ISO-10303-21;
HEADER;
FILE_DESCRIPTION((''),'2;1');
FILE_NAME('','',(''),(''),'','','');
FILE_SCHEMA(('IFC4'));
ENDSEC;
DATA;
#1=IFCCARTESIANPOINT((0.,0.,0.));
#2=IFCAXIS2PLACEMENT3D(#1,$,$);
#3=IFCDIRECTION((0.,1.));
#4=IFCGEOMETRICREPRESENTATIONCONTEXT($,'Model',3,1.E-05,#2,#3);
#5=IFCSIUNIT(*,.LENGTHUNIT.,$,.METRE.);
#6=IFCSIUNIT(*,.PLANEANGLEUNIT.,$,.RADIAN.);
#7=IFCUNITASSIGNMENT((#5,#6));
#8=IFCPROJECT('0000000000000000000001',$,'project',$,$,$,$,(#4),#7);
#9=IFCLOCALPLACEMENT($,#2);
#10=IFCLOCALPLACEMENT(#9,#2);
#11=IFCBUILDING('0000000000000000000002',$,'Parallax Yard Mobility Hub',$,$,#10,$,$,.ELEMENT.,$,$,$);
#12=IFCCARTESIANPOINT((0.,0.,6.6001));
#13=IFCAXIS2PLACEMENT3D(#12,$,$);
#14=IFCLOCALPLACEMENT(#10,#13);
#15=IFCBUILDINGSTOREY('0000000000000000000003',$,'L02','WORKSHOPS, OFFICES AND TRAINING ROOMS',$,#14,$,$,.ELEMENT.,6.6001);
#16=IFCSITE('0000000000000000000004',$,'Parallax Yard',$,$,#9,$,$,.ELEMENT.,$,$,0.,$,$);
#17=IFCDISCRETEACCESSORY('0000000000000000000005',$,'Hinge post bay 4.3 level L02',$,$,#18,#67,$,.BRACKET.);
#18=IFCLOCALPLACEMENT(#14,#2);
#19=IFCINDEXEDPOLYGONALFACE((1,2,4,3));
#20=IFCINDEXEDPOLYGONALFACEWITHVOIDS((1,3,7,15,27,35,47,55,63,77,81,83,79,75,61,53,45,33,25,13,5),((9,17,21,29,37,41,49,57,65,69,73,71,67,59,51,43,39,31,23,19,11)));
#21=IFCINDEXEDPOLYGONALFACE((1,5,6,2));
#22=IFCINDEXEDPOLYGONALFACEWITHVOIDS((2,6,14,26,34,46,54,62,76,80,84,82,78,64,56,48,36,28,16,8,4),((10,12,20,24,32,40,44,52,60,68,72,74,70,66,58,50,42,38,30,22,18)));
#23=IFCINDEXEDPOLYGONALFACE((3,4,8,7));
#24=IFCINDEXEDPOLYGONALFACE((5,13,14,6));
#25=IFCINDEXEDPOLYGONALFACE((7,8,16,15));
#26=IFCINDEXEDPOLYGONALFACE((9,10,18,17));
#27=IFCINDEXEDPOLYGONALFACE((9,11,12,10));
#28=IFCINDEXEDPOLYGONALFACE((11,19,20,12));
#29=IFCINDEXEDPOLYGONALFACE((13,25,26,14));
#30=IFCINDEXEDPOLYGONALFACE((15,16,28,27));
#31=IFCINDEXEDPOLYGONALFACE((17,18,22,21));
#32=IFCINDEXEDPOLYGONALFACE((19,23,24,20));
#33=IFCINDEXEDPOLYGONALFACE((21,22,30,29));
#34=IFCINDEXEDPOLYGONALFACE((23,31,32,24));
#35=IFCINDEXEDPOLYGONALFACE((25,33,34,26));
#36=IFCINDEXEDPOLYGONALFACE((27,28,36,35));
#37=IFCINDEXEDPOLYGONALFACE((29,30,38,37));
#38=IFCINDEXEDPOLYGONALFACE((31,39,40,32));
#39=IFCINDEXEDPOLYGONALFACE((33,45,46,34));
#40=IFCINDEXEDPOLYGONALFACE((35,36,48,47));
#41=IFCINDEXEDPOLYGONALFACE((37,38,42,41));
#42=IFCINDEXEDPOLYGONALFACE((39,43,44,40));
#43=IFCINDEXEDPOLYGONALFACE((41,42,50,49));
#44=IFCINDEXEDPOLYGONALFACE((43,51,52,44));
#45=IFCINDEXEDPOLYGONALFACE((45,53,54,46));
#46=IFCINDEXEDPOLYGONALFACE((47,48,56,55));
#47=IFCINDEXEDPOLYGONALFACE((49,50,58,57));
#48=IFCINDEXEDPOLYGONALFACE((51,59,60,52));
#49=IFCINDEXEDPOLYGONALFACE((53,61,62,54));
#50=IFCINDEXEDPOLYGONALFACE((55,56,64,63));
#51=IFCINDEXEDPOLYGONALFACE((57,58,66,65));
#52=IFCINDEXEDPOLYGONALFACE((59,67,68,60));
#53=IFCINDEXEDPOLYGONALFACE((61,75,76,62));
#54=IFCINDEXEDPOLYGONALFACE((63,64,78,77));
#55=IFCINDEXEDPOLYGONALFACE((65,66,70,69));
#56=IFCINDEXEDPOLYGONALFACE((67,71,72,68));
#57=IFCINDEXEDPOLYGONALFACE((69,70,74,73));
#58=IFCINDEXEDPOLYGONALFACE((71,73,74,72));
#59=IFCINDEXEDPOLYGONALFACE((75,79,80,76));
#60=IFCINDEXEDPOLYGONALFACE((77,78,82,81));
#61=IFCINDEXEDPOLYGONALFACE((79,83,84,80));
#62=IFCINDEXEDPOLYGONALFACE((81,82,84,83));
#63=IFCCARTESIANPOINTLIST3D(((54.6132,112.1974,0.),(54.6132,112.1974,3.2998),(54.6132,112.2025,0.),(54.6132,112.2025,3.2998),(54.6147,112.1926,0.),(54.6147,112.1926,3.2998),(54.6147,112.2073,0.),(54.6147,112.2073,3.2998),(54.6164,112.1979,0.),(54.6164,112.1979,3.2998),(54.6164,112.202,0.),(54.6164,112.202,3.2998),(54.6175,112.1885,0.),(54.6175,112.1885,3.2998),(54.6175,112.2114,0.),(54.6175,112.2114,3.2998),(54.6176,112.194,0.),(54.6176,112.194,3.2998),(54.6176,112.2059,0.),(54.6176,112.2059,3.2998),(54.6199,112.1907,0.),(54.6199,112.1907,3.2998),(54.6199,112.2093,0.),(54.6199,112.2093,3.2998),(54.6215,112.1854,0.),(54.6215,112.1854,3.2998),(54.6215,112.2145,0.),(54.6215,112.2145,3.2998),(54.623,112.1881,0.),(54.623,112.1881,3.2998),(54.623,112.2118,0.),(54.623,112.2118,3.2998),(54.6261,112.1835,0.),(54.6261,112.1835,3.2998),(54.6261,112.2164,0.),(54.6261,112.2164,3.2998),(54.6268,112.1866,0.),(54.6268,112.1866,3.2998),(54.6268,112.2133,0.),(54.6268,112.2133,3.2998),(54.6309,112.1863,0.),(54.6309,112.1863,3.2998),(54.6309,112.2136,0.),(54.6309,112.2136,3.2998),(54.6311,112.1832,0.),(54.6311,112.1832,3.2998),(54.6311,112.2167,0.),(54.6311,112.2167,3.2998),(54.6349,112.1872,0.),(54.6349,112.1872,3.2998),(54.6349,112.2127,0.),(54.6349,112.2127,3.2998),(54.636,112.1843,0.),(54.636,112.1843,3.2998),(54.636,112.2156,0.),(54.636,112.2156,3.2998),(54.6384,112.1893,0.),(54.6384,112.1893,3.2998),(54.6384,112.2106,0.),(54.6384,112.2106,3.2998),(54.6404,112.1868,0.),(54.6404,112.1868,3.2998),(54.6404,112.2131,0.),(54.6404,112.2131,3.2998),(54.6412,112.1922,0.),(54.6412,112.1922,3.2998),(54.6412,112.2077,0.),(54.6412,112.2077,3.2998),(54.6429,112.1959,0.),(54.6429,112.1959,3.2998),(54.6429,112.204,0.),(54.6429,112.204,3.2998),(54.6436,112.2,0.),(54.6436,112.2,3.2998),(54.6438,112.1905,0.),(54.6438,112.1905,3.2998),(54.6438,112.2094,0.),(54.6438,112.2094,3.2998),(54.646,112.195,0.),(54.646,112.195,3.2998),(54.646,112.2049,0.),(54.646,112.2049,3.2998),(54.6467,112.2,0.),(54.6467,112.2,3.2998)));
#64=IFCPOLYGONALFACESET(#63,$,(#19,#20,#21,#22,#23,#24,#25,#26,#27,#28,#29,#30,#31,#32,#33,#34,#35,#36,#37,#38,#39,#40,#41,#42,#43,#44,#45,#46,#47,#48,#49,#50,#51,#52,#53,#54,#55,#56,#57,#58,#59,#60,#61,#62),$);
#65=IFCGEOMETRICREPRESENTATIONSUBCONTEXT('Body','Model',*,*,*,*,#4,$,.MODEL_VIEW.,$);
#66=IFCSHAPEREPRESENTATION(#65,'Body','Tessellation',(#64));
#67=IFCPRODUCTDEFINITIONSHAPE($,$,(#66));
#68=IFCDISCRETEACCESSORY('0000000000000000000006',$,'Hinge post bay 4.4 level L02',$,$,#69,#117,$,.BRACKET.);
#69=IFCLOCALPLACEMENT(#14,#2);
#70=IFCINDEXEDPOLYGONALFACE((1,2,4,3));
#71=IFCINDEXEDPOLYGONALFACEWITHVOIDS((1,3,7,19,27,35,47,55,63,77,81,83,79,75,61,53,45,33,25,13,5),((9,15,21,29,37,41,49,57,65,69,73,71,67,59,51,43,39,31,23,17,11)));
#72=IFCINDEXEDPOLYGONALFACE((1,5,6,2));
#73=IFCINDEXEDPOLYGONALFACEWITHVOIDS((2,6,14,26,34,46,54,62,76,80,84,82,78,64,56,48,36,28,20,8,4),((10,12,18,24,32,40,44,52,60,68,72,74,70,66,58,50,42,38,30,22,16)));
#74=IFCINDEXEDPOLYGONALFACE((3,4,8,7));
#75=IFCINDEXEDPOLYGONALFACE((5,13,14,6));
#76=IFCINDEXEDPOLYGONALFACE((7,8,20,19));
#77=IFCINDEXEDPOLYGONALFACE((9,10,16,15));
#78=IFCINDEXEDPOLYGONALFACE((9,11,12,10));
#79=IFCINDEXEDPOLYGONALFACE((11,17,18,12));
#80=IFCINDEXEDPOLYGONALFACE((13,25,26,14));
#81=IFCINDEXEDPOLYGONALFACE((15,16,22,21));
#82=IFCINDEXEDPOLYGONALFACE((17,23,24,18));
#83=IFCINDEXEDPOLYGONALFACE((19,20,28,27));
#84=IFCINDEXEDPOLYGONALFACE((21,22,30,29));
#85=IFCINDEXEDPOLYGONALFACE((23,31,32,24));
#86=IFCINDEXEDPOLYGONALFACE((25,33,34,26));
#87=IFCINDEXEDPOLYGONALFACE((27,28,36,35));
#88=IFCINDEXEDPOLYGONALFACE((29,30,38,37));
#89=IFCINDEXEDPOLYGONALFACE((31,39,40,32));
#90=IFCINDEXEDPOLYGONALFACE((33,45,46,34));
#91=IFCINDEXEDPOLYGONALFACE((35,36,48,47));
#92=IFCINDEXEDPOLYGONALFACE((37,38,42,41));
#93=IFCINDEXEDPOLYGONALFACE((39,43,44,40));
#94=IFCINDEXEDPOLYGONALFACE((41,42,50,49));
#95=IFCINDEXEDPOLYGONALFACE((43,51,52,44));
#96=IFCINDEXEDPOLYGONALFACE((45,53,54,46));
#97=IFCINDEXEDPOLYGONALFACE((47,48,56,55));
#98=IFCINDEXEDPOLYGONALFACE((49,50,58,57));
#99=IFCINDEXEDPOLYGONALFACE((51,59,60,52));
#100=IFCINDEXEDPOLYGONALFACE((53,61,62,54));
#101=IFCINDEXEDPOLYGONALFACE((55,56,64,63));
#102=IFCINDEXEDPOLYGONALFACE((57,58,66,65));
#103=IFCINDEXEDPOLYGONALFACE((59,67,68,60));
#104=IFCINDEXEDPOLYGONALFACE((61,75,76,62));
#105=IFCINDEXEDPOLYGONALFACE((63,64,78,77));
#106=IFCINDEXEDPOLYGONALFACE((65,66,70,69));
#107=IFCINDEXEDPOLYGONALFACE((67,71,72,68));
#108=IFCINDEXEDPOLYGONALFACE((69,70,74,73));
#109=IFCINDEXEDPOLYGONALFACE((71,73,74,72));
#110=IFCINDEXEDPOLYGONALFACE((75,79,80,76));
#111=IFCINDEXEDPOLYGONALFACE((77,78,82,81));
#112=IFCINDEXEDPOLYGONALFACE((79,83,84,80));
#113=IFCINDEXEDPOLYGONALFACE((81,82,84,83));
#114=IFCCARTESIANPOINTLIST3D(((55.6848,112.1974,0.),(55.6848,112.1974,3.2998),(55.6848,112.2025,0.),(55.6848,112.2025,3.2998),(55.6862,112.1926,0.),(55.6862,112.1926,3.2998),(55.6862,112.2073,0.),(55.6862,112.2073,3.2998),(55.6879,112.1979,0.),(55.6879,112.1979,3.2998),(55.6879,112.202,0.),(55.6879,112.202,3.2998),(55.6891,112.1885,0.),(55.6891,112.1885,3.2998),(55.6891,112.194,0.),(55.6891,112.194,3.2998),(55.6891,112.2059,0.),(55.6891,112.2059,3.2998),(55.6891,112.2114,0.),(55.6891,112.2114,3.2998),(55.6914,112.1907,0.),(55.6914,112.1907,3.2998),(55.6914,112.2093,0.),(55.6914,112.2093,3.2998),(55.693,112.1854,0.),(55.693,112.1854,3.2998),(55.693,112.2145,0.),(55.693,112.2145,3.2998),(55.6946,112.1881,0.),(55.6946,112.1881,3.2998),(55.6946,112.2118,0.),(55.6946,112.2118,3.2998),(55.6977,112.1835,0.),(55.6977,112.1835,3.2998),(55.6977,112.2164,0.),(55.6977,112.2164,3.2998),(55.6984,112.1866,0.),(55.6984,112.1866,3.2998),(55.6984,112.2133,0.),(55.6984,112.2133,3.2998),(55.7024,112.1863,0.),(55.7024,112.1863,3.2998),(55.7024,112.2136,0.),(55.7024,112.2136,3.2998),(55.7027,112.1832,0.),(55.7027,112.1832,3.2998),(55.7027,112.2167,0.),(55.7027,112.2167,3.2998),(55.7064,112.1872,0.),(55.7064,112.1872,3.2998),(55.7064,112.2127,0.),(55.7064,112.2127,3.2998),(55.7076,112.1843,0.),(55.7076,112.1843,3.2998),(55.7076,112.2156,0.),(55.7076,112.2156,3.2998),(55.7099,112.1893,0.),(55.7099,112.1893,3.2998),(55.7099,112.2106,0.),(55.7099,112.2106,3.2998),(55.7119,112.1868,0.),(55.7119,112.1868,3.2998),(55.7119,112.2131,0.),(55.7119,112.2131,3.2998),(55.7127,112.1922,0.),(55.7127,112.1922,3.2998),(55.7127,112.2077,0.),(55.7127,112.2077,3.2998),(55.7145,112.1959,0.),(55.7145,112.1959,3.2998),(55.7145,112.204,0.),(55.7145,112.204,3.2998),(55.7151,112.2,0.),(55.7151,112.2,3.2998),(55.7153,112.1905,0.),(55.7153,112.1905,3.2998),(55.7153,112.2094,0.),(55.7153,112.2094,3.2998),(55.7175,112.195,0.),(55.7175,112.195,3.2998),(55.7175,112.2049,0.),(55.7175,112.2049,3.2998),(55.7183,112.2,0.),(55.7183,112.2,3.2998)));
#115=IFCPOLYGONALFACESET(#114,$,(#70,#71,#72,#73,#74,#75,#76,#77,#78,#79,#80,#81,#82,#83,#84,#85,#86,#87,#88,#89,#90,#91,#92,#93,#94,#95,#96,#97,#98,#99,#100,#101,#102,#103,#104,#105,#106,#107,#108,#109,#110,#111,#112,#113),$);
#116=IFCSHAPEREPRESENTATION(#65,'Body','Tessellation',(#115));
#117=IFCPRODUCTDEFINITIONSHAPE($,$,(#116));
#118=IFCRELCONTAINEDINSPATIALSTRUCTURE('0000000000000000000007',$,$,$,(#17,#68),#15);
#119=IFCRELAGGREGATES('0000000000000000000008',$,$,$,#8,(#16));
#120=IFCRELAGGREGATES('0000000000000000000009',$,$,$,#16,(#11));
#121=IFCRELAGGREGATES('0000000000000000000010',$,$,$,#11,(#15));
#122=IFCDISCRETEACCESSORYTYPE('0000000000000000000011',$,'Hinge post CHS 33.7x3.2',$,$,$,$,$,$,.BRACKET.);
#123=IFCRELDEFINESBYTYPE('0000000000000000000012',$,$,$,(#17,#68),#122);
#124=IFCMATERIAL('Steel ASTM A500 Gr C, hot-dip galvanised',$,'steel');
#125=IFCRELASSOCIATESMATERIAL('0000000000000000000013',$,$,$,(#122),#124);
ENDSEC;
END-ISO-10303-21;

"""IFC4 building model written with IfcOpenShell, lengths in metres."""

from ifc_helpers import new_model, si_unit, direction, frame, origin, origin_2d, place, context, subcontext, project, spatial, hollow_circle, extrude, material, material_profile, profile_set, type_object, element, save


model = new_model("IFC4")

# Units and contexts
model_context = context("Model", 3, precision=1e-05, world=origin(), true_north=direction((0.0, 1.0)))
body_context = subcontext(model_context, "Body", "Model", "MODEL_VIEW")
ifc_project = project(units=[si_unit("LENGTHUNIT", "METRE"), si_unit("PLANEANGLEUNIT", "RADIAN")], contexts=[model_context])

# Site, building, storey
site_placement = place(None, origin())
site = spatial("IfcSite", under=ifc_project, at=site_placement, Name="Parallax Yard", CompositionType="ELEMENT", RefElevation=0.0)
building_placement = place(site_placement, origin())
building = spatial("IfcBuilding", under=site, at=building_placement, Name="Parallax Yard Mobility Hub", CompositionType="ELEMENT")
storey_placement = place(building_placement, frame((0.0, 0.0, 6.6001)))
storey = spatial("IfcBuildingStorey", under=building, at=storey_placement, Name="L02", Description="WORKSHOPS, OFFICES AND TRAINING ROOMS", CompositionType="ELEMENT", Elevation=6.6001)

# Discrete accessories
ifc_material_1 = material(Name="Steel ASTM A500 Gr C, hot-dip galvanised", Category="steel")
ifc_material_profile_1 = material_profile(ifc_material_1, hollow_circle(Radius=0.0168, WallThickness=0.0032, at=origin_2d()), Name="CHS 33.7x3.2")
ifc_profile_set_1 = profile_set([ifc_material_profile_1], Name="Steel ASTM A500 Gr C, hot-dip galvanised")
discrete_accessory_type_1 = type_object("IfcDiscreteAccessoryType", Name="Hinge post CHS 33.7x3.2", PredefinedType="BRACKET", material=ifc_profile_set_1)
for number, where, z_axis, x_axis, name in (
    (1, (54.6299, 112.2, 0.0), (0.0, 0.0, 1.0), (1.0, 0.0, 0.0), "Hinge post bay 4.3 level L02"),
    (2, (55.7014, 112.2, 0.0), (0.0, 0.0, 1.0), (1.0, 0.0, 0.0), "Hinge post bay 4.4 level L02"),
):
    element("IfcDiscreteAccessory", number, at=place(storey_placement, frame(where, z_axis=z_axis, x_axis=x_axis)), inside=storey, type_object=discrete_accessory_type_1, Name=name, PredefinedType="BRACKET", context=body_context, shape_type="SweptSolid", body=[
        extrude(hollow_circle(Radius=0.0168, WallThickness=0.0032, at=origin_2d()), origin(), (0.0, 0.0, 1.0), 3.2998),
    ])

save(model, "model.ifc")
